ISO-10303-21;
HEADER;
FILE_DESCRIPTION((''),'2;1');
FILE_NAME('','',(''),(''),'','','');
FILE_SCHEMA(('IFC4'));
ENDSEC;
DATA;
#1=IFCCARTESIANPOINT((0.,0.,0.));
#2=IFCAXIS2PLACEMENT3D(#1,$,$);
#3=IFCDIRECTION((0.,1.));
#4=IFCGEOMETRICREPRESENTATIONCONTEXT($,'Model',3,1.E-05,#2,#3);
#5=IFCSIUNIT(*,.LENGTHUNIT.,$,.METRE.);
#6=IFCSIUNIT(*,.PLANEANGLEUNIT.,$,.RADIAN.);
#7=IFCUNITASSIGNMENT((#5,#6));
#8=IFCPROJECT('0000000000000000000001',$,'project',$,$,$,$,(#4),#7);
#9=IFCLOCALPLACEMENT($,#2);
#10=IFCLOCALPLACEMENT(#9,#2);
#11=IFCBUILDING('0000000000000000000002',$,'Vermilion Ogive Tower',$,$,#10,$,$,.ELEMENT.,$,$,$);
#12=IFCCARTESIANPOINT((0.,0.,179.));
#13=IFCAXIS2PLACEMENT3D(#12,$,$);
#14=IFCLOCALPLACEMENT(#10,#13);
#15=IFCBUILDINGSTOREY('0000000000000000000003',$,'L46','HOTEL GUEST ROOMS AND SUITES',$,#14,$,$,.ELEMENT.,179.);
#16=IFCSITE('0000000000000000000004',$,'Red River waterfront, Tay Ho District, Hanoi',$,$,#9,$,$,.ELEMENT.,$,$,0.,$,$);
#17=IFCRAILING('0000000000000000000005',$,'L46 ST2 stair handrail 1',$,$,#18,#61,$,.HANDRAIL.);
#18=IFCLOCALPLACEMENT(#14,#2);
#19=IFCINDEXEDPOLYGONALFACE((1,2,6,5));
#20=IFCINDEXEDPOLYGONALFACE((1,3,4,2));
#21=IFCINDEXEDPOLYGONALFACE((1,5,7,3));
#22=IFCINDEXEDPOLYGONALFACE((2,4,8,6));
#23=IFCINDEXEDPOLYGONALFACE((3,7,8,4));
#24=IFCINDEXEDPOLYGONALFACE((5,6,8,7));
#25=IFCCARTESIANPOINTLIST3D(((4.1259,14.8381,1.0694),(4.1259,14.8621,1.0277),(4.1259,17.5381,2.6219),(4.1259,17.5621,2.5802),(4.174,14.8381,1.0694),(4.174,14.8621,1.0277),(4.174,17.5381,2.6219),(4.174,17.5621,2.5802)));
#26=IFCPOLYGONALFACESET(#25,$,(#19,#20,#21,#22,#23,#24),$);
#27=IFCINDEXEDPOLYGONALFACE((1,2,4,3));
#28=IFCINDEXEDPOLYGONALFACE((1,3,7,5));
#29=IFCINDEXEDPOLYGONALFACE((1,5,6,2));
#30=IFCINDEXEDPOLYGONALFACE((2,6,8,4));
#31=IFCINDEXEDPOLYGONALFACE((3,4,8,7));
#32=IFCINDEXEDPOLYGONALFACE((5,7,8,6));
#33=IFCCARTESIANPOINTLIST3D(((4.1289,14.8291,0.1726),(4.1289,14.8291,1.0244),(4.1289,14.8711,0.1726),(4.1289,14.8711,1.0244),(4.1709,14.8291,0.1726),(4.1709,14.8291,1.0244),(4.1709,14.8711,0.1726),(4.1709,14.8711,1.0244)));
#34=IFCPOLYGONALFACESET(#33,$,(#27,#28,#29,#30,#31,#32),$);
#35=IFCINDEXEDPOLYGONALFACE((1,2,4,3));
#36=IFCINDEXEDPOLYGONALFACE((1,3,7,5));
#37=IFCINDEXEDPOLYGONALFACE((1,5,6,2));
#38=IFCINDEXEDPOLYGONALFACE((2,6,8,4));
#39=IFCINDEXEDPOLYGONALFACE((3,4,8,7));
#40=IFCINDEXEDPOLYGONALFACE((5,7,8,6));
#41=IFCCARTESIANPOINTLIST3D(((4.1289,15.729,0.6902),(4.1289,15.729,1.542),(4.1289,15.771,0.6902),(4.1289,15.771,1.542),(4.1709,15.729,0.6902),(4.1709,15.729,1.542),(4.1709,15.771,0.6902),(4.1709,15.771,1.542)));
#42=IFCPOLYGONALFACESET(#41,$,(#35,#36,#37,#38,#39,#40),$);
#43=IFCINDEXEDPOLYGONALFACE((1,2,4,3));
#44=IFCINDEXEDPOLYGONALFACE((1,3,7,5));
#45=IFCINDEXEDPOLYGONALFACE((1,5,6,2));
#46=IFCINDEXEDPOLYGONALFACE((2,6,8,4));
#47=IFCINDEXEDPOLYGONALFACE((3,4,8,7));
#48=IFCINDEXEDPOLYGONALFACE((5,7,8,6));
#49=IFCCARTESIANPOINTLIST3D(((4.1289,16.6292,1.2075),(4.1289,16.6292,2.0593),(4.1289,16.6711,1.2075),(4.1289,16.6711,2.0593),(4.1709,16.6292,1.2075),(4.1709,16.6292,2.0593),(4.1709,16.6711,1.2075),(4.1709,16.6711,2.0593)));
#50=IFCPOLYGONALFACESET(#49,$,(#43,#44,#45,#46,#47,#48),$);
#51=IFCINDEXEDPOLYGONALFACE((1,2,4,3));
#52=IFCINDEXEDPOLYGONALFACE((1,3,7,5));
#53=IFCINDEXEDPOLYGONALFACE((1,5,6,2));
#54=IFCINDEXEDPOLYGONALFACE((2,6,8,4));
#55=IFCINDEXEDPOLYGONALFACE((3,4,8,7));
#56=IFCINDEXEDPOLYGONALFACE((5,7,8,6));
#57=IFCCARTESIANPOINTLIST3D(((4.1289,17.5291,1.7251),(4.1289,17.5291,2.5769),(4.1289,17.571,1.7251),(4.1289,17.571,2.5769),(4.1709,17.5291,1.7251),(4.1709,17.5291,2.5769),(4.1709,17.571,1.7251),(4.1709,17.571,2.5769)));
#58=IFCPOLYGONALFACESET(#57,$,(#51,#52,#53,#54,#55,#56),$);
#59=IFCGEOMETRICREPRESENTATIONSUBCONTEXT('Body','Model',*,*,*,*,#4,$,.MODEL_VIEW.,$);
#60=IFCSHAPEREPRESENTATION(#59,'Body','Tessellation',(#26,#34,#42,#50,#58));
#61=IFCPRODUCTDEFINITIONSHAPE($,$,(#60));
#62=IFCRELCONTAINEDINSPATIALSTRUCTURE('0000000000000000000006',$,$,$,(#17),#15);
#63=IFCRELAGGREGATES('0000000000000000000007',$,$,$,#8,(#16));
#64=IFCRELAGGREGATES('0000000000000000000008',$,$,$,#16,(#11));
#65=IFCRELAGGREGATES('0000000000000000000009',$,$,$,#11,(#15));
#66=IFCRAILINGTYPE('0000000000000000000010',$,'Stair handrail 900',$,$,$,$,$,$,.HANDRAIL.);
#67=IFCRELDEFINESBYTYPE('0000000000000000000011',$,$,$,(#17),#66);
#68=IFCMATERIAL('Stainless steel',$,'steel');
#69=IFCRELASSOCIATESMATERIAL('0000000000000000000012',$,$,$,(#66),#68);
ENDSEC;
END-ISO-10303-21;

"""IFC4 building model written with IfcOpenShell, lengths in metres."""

from ifc_helpers import new_model, si_unit, direction, frame, origin, origin_2d, place, context, subcontext, project, spatial, rectangle, extrude, material, type_object, element, save


model = new_model("IFC4")

# Units and contexts
model_context = context("Model", 3, precision=1e-05, world=origin(), true_north=direction((0.0, 1.0)))
body_context = subcontext(model_context, "Body", "Model", "MODEL_VIEW")
ifc_project = project(units=[si_unit("LENGTHUNIT", "METRE"), si_unit("PLANEANGLEUNIT", "RADIAN")], contexts=[model_context])

# Site, building, storey
site_placement = place(None, origin())
site = spatial("IfcSite", under=ifc_project, at=site_placement, Name="Red River waterfront, Tay Ho District, Hanoi", CompositionType="ELEMENT", RefElevation=0.0)
building_placement = place(site_placement, origin())
building = spatial("IfcBuilding", under=site, at=building_placement, Name="Vermilion Ogive Tower", CompositionType="ELEMENT")
storey_placement = place(building_placement, frame((0.0, 0.0, 179.0)))
storey = spatial("IfcBuildingStorey", under=building, at=storey_placement, Name="L46", Description="HOTEL GUEST ROOMS AND SUITES", CompositionType="ELEMENT", Elevation=179.0)

# Railing
ifc_material_1 = material(Name="Stainless steel", Category="steel")
railing_type_1 = type_object("IfcRailingType", Name="Stair handrail 900", PredefinedType="HANDRAIL", material=ifc_material_1)
railing_1_placement = place(storey_placement, frame((4.1499, 14.8501, 0.1726)))
element("IfcRailing", 1, at=railing_1_placement, inside=storey, type_object=railing_type_1, Name="L46 ST2 stair handrail 1", PredefinedType="HANDRAIL", context=body_context, shape_type="SweptSolid", body=[
    extrude(rectangle(XDim=0.0481, YDim=0.0481, at=origin_2d()), frame((0.0, 0.0, 0.876), z_axis=(0.0, 0.866904, 0.498476), x_axis=(-1.0, 0.0, 0.0)), (0.0, 0.0, 1.0), 3.1145),
    extrude(rectangle(XDim=0.042, YDim=0.042, at=origin_2d()), origin(), (0.0, 0.0, 1.0), 0.8518),
    extrude(rectangle(XDim=0.042, YDim=0.042, at=origin_2d()), frame((0.0, 0.8999, 0.5176)), (0.0, 0.0, 1.0), 0.8518),
    extrude(rectangle(XDim=0.042, YDim=0.042, at=origin_2d()), frame((0.0, 1.8, 1.0349)), (0.0, 0.0, 1.0), 0.8518),
    extrude(rectangle(XDim=0.042, YDim=0.042, at=origin_2d()), frame((0.0, 2.7, 1.5525)), (0.0, 0.0, 1.0), 0.8518),
])

save(model, "model.ifc")
